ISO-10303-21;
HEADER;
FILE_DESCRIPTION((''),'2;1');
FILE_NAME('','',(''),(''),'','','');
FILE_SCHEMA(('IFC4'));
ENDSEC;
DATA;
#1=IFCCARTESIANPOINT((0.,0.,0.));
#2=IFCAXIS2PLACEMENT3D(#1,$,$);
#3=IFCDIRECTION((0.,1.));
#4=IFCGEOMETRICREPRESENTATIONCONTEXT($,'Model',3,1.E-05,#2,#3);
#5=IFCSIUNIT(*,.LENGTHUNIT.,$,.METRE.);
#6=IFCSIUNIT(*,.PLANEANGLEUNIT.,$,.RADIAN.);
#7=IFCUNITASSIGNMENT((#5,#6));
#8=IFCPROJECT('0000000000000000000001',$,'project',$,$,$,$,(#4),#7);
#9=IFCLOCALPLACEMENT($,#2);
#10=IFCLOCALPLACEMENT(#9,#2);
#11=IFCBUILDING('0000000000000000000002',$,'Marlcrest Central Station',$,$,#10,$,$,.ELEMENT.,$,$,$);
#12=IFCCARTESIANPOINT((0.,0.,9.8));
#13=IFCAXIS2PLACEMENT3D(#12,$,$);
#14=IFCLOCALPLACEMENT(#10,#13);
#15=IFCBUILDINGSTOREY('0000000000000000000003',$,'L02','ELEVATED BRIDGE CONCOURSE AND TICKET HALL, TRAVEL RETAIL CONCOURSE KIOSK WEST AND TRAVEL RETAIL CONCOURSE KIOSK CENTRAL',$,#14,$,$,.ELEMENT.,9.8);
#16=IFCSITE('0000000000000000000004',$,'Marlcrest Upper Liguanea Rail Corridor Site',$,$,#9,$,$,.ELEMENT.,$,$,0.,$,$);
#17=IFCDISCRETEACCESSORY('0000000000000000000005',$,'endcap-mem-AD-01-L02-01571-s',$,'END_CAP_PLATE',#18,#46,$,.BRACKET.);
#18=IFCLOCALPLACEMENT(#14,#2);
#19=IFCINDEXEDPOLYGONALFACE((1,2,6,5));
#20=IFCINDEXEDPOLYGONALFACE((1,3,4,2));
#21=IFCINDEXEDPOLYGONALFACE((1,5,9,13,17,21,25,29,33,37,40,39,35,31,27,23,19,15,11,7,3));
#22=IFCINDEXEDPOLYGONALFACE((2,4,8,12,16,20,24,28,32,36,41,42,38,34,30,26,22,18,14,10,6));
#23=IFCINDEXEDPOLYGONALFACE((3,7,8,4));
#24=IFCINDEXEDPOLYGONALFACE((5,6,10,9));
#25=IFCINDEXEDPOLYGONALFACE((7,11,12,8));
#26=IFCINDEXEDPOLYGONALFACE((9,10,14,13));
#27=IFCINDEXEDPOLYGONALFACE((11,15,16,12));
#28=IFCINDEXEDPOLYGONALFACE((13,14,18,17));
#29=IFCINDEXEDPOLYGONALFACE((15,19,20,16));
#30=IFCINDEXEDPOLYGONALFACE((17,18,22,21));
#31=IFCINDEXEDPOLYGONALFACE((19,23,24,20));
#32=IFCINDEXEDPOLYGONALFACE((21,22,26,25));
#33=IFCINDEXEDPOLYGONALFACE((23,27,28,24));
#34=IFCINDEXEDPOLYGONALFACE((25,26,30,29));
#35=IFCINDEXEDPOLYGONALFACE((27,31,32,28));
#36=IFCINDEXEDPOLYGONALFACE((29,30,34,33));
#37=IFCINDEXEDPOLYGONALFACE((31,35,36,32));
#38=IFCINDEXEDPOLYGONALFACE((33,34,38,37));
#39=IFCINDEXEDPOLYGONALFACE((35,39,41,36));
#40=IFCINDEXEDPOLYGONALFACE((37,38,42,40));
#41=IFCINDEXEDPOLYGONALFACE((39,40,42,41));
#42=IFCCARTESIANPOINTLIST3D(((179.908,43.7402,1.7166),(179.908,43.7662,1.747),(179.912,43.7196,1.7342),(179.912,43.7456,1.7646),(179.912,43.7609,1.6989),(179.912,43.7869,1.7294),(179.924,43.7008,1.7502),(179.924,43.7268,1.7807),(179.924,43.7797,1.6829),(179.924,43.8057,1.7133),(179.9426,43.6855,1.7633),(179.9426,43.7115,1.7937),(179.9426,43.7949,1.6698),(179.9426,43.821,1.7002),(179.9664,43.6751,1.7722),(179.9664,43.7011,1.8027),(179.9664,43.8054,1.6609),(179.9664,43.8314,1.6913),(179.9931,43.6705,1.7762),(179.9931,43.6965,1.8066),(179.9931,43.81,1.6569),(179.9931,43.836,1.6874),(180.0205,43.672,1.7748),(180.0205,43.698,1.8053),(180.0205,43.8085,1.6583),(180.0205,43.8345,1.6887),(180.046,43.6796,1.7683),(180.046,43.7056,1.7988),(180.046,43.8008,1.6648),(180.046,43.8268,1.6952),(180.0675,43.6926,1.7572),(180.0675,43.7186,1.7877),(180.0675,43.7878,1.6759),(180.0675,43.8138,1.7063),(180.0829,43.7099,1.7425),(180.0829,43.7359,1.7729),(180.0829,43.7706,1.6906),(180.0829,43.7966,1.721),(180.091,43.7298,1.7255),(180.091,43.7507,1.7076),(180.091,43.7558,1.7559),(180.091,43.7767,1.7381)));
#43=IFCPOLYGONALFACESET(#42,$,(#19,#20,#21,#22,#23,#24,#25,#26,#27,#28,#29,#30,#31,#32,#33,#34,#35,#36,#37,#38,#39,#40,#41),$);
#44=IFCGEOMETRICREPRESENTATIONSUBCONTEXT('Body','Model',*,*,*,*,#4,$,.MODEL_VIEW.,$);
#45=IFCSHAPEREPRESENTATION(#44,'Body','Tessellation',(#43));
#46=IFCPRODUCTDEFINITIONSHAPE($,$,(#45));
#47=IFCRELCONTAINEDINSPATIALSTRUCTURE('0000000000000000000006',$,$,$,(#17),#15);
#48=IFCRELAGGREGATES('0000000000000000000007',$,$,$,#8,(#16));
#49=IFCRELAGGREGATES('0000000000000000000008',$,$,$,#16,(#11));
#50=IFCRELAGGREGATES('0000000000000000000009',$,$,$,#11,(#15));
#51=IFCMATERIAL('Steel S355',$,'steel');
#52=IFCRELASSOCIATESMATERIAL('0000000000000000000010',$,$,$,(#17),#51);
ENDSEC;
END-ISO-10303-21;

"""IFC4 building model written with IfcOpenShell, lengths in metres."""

from ifc_helpers import new_model, si_unit, direction, frame, origin, origin_2d, place, context, subcontext, project, spatial, circle, extrude, material, element, save


model = new_model("IFC4")

# Units and contexts
model_context = context("Model", 3, precision=1e-05, world=origin(), true_north=direction((0.0, 1.0)))
body_context = subcontext(model_context, "Body", "Model", "MODEL_VIEW")
ifc_project = project(units=[si_unit("LENGTHUNIT", "METRE"), si_unit("PLANEANGLEUNIT", "RADIAN")], contexts=[model_context])

# Site, building, storey
site_placement = place(None, origin())
site = spatial("IfcSite", under=ifc_project, at=site_placement, Name="Marlcrest Upper Liguanea Rail Corridor Site", CompositionType="ELEMENT", RefElevation=0.0)
building_placement = place(site_placement, origin())
building = spatial("IfcBuilding", under=site, at=building_placement, Name="Marlcrest Central Station", CompositionType="ELEMENT")
storey_placement = place(building_placement, frame((0.0, 0.0, 9.8)))
storey = spatial("IfcBuildingStorey", under=building, at=storey_placement, Name="L02", Description="ELEVATED BRIDGE CONCOURSE AND TICKET HALL, TRAVEL RETAIL CONCOURSE KIOSK WEST AND TRAVEL RETAIL CONCOURSE KIOSK CENTRAL", CompositionType="ELEMENT", Elevation=9.8)

# Shared definitions
ifc_material_1 = material(Name="Steel S355", Category="steel")

# Discrete accessory
discrete_accessory_1_placement = place(storey_placement, frame((180.0, 43.7402, 1.7166), z_axis=(0.0, 0.649625, 0.760255), x_axis=(-1.0, 0.0, 0.0)))
element("IfcDiscreteAccessory", 1, at=discrete_accessory_1_placement, inside=storey, material=ifc_material_1, Name="endcap-mem-AD-01-L02-01571-s", ObjectType="END_CAP_PLATE", PredefinedType="BRACKET", context=body_context, shape_type="SweptSolid", body=[
    extrude(circle(Radius=0.092, at=origin_2d()), origin(), (0.0, 0.0, 1.0), 0.04),
])

save(model, "model.ifc")
